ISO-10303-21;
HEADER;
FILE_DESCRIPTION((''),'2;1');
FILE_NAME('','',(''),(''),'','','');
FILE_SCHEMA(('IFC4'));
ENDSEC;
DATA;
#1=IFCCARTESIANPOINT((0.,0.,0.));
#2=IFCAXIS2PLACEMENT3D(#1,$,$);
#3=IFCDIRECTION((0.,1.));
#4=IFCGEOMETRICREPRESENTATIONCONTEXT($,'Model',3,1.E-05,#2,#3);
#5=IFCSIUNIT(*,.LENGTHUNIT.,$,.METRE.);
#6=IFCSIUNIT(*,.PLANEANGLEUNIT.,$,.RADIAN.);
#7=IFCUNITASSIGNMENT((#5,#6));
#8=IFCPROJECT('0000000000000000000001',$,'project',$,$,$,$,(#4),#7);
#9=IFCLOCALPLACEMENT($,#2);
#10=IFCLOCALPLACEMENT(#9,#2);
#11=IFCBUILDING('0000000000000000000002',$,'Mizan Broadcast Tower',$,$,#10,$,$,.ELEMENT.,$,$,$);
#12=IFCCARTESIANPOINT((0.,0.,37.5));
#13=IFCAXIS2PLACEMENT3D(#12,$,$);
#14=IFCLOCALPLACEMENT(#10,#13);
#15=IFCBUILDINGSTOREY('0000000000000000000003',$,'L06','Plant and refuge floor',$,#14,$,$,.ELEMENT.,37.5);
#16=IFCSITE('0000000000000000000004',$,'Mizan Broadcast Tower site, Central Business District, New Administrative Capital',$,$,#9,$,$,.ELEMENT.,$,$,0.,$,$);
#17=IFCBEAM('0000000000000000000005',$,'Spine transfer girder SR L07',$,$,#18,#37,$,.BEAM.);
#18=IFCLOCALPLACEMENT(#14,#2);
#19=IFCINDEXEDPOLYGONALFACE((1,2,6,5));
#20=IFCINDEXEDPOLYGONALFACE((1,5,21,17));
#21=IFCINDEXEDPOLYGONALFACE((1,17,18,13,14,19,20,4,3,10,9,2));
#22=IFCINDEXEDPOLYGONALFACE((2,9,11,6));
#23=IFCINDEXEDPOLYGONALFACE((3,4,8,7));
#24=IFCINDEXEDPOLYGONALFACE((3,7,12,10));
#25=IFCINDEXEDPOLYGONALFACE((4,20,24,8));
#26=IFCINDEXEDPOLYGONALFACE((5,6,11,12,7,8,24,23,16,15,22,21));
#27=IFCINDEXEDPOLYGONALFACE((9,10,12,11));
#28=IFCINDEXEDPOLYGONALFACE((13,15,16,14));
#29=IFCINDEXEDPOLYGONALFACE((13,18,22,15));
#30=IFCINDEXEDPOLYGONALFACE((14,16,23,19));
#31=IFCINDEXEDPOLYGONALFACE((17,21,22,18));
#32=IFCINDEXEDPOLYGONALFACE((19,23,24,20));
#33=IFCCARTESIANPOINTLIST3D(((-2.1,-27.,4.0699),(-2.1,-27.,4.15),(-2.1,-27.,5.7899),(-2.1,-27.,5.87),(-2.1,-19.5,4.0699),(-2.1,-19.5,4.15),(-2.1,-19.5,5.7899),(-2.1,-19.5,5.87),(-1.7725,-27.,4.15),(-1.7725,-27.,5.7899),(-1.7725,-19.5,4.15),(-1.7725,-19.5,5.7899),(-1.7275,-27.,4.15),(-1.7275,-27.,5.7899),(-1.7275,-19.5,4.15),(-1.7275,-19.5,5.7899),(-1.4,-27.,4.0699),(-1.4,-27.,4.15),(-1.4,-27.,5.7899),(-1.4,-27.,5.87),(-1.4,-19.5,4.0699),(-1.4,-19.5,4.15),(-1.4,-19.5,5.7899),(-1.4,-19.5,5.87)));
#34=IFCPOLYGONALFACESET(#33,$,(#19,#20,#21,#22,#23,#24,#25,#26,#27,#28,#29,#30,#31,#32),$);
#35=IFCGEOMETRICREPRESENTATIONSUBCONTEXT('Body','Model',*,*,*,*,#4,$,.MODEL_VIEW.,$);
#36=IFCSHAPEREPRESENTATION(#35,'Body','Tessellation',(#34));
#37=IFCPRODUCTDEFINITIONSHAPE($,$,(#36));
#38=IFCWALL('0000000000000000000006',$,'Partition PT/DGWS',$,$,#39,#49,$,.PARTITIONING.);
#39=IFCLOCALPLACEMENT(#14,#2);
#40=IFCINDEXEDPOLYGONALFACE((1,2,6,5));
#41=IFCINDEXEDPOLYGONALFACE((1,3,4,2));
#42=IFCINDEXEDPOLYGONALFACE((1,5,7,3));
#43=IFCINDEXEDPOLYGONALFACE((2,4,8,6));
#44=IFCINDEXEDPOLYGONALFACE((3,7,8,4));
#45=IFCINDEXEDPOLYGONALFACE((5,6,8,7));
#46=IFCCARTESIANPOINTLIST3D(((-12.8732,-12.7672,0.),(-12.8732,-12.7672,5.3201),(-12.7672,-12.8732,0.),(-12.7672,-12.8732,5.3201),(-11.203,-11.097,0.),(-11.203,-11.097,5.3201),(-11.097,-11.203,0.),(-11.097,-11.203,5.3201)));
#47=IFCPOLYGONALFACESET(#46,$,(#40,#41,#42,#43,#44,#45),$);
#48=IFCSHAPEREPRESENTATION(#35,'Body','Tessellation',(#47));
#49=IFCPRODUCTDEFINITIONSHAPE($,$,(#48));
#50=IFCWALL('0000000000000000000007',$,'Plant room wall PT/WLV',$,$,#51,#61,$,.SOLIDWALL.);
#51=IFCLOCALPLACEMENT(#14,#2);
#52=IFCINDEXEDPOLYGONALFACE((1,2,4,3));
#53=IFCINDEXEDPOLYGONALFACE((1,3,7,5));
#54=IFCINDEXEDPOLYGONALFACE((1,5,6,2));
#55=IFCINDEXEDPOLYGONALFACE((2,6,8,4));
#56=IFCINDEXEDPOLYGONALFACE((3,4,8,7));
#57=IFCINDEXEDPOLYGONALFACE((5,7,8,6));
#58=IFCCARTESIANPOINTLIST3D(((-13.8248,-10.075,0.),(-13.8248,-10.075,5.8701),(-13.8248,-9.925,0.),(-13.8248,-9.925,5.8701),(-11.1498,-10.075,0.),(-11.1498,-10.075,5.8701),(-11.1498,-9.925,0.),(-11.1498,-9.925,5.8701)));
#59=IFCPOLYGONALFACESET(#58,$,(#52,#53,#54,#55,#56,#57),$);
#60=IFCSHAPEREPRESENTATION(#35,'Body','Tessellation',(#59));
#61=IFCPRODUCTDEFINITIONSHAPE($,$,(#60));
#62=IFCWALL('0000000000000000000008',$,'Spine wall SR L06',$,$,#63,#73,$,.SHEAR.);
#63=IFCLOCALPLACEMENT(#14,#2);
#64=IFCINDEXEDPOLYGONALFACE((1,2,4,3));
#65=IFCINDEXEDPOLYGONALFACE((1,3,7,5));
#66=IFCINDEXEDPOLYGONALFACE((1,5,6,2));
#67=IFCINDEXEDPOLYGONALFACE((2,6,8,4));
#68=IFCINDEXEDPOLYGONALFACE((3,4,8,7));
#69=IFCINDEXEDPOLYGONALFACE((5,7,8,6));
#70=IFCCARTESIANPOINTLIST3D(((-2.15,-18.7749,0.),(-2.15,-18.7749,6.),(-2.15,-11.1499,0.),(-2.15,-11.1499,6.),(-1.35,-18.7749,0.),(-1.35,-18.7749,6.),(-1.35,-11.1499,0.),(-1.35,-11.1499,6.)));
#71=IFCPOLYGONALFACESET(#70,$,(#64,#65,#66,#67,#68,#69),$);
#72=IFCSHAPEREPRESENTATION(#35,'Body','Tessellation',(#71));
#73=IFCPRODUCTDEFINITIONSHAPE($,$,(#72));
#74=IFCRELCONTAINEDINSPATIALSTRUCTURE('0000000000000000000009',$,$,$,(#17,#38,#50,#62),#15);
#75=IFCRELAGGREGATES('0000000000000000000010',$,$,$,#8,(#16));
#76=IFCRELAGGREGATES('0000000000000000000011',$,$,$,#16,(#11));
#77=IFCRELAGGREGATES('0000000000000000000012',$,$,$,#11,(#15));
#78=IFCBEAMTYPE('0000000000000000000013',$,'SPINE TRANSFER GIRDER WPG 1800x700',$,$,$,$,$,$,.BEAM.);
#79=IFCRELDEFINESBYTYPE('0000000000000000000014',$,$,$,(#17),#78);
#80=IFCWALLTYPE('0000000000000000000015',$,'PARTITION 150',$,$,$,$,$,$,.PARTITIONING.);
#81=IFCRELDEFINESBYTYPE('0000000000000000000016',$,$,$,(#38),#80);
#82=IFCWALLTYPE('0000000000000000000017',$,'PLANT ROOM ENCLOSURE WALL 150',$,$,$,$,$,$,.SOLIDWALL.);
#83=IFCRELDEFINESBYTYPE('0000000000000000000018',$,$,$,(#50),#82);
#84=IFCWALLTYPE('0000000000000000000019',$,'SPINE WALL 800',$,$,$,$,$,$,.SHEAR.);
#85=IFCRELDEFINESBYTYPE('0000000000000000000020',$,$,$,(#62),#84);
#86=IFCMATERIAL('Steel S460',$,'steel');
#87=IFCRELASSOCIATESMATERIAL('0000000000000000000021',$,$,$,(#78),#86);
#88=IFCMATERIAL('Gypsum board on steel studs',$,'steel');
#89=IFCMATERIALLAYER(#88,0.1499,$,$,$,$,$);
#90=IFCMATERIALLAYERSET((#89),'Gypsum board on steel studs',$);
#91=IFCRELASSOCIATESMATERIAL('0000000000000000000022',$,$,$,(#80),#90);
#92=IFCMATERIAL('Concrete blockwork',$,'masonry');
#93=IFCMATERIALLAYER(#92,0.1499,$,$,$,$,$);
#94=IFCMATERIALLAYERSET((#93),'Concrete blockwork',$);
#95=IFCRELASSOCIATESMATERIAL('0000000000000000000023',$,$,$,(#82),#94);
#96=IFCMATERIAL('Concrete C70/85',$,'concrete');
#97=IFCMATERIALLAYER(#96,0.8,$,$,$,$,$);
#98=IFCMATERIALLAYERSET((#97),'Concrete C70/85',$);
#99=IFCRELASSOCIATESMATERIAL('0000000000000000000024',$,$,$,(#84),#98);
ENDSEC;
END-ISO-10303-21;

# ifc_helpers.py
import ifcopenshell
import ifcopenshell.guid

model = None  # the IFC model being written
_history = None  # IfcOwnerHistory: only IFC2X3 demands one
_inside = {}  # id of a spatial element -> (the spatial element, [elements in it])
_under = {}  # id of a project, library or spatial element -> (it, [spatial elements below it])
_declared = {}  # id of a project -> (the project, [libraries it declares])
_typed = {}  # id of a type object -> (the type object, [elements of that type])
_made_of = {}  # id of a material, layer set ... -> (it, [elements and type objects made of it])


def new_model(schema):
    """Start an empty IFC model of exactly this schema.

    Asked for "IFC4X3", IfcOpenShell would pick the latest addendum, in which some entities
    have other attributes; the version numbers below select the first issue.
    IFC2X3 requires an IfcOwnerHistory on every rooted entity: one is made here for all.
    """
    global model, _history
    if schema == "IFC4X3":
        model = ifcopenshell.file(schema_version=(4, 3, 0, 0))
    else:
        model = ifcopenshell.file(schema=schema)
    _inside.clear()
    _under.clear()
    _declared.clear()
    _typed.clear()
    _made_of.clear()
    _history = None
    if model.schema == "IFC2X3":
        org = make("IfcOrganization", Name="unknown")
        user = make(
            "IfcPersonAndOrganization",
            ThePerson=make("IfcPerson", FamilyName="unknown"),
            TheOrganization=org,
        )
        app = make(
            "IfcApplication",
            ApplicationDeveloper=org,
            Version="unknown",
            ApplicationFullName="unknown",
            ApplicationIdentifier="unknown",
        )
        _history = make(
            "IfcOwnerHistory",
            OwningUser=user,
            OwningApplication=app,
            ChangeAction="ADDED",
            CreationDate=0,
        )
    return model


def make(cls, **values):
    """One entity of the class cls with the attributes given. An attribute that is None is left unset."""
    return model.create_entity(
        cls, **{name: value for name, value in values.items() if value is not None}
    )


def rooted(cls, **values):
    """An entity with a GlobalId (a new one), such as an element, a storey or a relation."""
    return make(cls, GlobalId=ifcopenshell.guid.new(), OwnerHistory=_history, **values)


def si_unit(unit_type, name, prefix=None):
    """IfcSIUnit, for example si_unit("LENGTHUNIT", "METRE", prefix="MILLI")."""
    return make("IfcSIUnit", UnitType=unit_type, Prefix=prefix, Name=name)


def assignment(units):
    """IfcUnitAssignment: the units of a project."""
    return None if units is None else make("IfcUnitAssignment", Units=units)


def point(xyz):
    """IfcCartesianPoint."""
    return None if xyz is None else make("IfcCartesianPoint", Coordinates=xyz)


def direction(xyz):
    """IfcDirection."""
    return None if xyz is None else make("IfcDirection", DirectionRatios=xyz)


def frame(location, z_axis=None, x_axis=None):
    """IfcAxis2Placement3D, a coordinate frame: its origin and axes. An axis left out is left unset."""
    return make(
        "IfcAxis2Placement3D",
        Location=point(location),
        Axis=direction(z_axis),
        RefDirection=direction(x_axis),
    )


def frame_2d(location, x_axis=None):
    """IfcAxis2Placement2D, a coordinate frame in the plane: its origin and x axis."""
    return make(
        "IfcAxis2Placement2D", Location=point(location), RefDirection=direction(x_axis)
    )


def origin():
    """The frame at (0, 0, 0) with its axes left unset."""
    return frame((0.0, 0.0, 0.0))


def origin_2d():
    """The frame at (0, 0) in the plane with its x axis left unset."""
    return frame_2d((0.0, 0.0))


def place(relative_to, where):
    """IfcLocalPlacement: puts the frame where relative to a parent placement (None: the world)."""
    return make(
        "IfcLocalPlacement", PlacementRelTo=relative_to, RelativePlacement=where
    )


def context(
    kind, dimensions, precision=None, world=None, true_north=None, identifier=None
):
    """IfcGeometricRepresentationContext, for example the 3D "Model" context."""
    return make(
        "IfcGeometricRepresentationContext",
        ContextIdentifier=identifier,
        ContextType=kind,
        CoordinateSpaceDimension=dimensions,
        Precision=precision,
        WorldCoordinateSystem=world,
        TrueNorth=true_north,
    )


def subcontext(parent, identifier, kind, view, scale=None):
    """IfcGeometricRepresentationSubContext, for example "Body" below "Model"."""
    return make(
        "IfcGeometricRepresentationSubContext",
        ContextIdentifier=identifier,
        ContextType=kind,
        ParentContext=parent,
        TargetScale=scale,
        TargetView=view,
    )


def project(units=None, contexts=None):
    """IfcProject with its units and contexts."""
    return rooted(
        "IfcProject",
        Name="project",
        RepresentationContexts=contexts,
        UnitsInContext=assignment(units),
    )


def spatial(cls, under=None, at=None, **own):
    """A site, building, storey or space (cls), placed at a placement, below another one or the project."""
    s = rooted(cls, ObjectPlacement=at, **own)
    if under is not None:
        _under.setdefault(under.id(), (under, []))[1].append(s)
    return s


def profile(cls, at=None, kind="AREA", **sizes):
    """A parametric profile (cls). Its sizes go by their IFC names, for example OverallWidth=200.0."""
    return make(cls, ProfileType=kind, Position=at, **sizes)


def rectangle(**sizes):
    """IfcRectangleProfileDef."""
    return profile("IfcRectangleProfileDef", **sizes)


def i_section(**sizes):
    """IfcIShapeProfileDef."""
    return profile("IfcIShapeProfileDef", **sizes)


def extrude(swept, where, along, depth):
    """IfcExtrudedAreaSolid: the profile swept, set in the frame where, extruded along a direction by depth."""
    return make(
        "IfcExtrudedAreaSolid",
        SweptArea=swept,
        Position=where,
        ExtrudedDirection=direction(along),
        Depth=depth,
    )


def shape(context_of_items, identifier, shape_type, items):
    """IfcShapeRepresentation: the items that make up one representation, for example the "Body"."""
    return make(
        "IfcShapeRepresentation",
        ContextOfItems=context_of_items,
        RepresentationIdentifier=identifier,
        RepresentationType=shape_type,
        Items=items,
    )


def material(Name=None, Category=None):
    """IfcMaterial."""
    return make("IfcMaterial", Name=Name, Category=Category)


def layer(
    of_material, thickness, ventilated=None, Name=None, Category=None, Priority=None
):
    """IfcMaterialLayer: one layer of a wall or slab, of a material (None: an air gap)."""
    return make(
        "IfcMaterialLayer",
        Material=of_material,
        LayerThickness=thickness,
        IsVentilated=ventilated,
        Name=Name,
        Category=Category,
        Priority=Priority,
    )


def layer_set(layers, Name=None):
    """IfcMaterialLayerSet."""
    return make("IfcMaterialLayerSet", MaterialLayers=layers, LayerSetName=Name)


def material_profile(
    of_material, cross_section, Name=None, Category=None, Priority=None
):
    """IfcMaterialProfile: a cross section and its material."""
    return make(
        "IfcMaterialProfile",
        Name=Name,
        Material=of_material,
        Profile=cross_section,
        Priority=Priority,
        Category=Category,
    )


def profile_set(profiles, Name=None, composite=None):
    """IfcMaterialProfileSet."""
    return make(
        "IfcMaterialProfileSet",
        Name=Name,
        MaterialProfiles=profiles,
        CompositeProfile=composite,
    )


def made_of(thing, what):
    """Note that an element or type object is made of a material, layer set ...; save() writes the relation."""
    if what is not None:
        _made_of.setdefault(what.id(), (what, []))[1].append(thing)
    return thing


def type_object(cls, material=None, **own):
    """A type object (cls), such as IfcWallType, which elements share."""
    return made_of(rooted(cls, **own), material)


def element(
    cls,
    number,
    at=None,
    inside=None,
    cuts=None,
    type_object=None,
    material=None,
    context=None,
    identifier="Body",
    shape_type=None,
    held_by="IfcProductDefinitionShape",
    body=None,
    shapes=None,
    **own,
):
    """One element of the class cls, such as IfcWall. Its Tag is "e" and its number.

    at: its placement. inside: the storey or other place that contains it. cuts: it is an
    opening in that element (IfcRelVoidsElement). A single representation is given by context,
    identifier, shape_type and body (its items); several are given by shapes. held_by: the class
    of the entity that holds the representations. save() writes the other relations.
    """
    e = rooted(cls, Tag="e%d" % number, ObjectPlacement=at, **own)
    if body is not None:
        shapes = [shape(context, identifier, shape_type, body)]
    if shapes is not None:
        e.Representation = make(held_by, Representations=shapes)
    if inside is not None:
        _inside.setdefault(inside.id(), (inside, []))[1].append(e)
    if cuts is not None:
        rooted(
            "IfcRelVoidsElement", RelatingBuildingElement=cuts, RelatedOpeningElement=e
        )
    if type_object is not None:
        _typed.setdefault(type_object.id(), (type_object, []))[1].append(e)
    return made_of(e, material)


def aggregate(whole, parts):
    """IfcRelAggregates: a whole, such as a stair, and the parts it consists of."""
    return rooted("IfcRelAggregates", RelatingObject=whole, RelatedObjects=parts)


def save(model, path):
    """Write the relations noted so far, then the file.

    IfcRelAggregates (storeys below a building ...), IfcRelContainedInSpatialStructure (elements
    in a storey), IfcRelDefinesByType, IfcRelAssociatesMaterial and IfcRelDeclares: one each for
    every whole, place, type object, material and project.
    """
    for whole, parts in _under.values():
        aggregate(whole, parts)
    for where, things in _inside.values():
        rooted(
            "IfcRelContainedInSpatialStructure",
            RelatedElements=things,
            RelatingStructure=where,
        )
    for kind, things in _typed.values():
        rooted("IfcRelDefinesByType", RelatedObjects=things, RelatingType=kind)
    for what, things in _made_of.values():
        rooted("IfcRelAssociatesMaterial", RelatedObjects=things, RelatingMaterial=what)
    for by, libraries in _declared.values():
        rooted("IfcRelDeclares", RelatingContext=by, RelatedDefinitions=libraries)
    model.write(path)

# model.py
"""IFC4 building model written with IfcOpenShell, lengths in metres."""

from ifc_helpers import new_model, si_unit, direction, frame, frame_2d, origin, origin_2d, place, context, subcontext, project, spatial, rectangle, i_section, extrude, material, layer, layer_set, material_profile, profile_set, type_object, element, save


model = new_model("IFC4")

# Units and contexts
model_context = context("Model", 3, precision=1e-05, world=origin(), true_north=direction((0.0, 1.0)))
body_context = subcontext(model_context, "Body", "Model", "MODEL_VIEW")
ifc_project = project(units=[si_unit("LENGTHUNIT", "METRE"), si_unit("PLANEANGLEUNIT", "RADIAN")], contexts=[model_context])

# Site, building, storey
site_placement = place(None, origin())
site = spatial("IfcSite", under=ifc_project, at=site_placement, Name="Mizan Broadcast Tower site, Central Business District, New Administrative Capital", CompositionType="ELEMENT", RefElevation=0.0)
building_placement = place(site_placement, origin())
building = spatial("IfcBuilding", under=site, at=building_placement, Name="Mizan Broadcast Tower", CompositionType="ELEMENT")
storey_placement = place(building_placement, frame((0.0, 0.0, 37.5)))
storey = spatial("IfcBuildingStorey", under=building, at=storey_placement, Name="L06", Description="Plant and refuge floor", CompositionType="ELEMENT", Elevation=37.5)

# Beam
ifc_material_1 = material(Name="Steel S460", Category="steel")
ifc_material_profile_1 = material_profile(ifc_material_1, i_section(OverallWidth=0.7, OverallDepth=1.8, WebThickness=0.0449, FlangeThickness=0.0801, at=origin_2d()), Name="WPG 1800x700")
ifc_profile_set_1 = profile_set([ifc_material_profile_1], Name="Steel S460")
beam_type_1 = type_object("IfcBeamType", Name="SPINE TRANSFER GIRDER WPG 1800x700", PredefinedType="BEAM", material=ifc_profile_set_1)
beam_1_placement = place(storey_placement, frame((-1.75, -19.5, 4.97), z_axis=(0.0, -1.0, 0.0), x_axis=(1.0, 0.0, 0.0)))
element("IfcBeam", 1, at=beam_1_placement, inside=storey, type_object=beam_type_1, Name="Spine transfer girder SR L07", PredefinedType="BEAM", context=body_context, shape_type="SweptSolid", body=[
    extrude(i_section(OverallWidth=0.7, OverallDepth=1.8, WebThickness=0.0449, FlangeThickness=0.0801, at=origin_2d()), origin(), (0.0, 0.0, 1.0), 7.5),
])

# Walls
ifc_material_2 = material(Name="Gypsum board on steel studs", Category="steel")
ifc_layer_1 = layer(ifc_material_2, 0.1499)
ifc_layer_set_1 = layer_set([ifc_layer_1], Name="Gypsum board on steel studs")
wall_type_1 = type_object("IfcWallType", Name="PARTITION 150", PredefinedType="PARTITIONING", material=ifc_layer_set_1)
wall_1_placement = place(storey_placement, frame((-11.1499, -11.1499, 0.0), z_axis=(0.0, 0.0, 1.0), x_axis=(-0.707107, -0.707107, 0.0)))
element("IfcWall", 2, at=wall_1_placement, inside=storey, type_object=wall_type_1, Name="Partition PT/DGWS", PredefinedType="PARTITIONING", context=body_context, shape_type="SweptSolid", body=[
    extrude(rectangle(XDim=2.3621, YDim=0.1499, at=frame_2d((1.1812, 0.0))), origin(), (0.0, 0.0, 1.0), 5.3201),
])
ifc_material_3 = material(Name="Concrete blockwork", Category="masonry")
ifc_layer_2 = layer(ifc_material_3, 0.1499)
ifc_layer_set_2 = layer_set([ifc_layer_2], Name="Concrete blockwork")
wall_type_2 = type_object("IfcWallType", Name="PLANT ROOM ENCLOSURE WALL 150", PredefinedType="SOLIDWALL", material=ifc_layer_set_2)
wall_2_placement = place(storey_placement, frame((-11.1499, -10.0, 0.0), z_axis=(0.0, 0.0, 1.0), x_axis=(-1.0, 0.0, 0.0)))
element("IfcWall", 3, at=wall_2_placement, inside=storey, type_object=wall_type_2, Name="Plant room wall PT/WLV", PredefinedType="SOLIDWALL", context=body_context, shape_type="SweptSolid", body=[
    extrude(rectangle(XDim=2.675, YDim=0.1499, at=frame_2d((1.3374, 0.0))), origin(), (0.0, 0.0, 1.0), 5.8701),
])
ifc_material_4 = material(Name="Concrete C70/85", Category="concrete")
ifc_layer_3 = layer(ifc_material_4, 0.8)
ifc_layer_set_3 = layer_set([ifc_layer_3], Name="Concrete C70/85")
wall_type_3 = type_object("IfcWallType", Name="SPINE WALL 800", PredefinedType="SHEAR", material=ifc_layer_set_3)
wall_3_placement = place(storey_placement, frame((-1.75, -11.1499, 0.0), z_axis=(0.0, 0.0, 1.0), x_axis=(0.0, -1.0, 0.0)))
element("IfcWall", 4, at=wall_3_placement, inside=storey, type_object=wall_type_3, Name="Spine wall SR L06", PredefinedType="SHEAR", context=body_context, shape_type="SweptSolid", body=[
    extrude(rectangle(XDim=7.625, YDim=0.8, at=frame_2d((3.8125, 0.0))), origin(), (0.0, 0.0, 1.0), 6.0),
])

save(model, "model.ifc")
